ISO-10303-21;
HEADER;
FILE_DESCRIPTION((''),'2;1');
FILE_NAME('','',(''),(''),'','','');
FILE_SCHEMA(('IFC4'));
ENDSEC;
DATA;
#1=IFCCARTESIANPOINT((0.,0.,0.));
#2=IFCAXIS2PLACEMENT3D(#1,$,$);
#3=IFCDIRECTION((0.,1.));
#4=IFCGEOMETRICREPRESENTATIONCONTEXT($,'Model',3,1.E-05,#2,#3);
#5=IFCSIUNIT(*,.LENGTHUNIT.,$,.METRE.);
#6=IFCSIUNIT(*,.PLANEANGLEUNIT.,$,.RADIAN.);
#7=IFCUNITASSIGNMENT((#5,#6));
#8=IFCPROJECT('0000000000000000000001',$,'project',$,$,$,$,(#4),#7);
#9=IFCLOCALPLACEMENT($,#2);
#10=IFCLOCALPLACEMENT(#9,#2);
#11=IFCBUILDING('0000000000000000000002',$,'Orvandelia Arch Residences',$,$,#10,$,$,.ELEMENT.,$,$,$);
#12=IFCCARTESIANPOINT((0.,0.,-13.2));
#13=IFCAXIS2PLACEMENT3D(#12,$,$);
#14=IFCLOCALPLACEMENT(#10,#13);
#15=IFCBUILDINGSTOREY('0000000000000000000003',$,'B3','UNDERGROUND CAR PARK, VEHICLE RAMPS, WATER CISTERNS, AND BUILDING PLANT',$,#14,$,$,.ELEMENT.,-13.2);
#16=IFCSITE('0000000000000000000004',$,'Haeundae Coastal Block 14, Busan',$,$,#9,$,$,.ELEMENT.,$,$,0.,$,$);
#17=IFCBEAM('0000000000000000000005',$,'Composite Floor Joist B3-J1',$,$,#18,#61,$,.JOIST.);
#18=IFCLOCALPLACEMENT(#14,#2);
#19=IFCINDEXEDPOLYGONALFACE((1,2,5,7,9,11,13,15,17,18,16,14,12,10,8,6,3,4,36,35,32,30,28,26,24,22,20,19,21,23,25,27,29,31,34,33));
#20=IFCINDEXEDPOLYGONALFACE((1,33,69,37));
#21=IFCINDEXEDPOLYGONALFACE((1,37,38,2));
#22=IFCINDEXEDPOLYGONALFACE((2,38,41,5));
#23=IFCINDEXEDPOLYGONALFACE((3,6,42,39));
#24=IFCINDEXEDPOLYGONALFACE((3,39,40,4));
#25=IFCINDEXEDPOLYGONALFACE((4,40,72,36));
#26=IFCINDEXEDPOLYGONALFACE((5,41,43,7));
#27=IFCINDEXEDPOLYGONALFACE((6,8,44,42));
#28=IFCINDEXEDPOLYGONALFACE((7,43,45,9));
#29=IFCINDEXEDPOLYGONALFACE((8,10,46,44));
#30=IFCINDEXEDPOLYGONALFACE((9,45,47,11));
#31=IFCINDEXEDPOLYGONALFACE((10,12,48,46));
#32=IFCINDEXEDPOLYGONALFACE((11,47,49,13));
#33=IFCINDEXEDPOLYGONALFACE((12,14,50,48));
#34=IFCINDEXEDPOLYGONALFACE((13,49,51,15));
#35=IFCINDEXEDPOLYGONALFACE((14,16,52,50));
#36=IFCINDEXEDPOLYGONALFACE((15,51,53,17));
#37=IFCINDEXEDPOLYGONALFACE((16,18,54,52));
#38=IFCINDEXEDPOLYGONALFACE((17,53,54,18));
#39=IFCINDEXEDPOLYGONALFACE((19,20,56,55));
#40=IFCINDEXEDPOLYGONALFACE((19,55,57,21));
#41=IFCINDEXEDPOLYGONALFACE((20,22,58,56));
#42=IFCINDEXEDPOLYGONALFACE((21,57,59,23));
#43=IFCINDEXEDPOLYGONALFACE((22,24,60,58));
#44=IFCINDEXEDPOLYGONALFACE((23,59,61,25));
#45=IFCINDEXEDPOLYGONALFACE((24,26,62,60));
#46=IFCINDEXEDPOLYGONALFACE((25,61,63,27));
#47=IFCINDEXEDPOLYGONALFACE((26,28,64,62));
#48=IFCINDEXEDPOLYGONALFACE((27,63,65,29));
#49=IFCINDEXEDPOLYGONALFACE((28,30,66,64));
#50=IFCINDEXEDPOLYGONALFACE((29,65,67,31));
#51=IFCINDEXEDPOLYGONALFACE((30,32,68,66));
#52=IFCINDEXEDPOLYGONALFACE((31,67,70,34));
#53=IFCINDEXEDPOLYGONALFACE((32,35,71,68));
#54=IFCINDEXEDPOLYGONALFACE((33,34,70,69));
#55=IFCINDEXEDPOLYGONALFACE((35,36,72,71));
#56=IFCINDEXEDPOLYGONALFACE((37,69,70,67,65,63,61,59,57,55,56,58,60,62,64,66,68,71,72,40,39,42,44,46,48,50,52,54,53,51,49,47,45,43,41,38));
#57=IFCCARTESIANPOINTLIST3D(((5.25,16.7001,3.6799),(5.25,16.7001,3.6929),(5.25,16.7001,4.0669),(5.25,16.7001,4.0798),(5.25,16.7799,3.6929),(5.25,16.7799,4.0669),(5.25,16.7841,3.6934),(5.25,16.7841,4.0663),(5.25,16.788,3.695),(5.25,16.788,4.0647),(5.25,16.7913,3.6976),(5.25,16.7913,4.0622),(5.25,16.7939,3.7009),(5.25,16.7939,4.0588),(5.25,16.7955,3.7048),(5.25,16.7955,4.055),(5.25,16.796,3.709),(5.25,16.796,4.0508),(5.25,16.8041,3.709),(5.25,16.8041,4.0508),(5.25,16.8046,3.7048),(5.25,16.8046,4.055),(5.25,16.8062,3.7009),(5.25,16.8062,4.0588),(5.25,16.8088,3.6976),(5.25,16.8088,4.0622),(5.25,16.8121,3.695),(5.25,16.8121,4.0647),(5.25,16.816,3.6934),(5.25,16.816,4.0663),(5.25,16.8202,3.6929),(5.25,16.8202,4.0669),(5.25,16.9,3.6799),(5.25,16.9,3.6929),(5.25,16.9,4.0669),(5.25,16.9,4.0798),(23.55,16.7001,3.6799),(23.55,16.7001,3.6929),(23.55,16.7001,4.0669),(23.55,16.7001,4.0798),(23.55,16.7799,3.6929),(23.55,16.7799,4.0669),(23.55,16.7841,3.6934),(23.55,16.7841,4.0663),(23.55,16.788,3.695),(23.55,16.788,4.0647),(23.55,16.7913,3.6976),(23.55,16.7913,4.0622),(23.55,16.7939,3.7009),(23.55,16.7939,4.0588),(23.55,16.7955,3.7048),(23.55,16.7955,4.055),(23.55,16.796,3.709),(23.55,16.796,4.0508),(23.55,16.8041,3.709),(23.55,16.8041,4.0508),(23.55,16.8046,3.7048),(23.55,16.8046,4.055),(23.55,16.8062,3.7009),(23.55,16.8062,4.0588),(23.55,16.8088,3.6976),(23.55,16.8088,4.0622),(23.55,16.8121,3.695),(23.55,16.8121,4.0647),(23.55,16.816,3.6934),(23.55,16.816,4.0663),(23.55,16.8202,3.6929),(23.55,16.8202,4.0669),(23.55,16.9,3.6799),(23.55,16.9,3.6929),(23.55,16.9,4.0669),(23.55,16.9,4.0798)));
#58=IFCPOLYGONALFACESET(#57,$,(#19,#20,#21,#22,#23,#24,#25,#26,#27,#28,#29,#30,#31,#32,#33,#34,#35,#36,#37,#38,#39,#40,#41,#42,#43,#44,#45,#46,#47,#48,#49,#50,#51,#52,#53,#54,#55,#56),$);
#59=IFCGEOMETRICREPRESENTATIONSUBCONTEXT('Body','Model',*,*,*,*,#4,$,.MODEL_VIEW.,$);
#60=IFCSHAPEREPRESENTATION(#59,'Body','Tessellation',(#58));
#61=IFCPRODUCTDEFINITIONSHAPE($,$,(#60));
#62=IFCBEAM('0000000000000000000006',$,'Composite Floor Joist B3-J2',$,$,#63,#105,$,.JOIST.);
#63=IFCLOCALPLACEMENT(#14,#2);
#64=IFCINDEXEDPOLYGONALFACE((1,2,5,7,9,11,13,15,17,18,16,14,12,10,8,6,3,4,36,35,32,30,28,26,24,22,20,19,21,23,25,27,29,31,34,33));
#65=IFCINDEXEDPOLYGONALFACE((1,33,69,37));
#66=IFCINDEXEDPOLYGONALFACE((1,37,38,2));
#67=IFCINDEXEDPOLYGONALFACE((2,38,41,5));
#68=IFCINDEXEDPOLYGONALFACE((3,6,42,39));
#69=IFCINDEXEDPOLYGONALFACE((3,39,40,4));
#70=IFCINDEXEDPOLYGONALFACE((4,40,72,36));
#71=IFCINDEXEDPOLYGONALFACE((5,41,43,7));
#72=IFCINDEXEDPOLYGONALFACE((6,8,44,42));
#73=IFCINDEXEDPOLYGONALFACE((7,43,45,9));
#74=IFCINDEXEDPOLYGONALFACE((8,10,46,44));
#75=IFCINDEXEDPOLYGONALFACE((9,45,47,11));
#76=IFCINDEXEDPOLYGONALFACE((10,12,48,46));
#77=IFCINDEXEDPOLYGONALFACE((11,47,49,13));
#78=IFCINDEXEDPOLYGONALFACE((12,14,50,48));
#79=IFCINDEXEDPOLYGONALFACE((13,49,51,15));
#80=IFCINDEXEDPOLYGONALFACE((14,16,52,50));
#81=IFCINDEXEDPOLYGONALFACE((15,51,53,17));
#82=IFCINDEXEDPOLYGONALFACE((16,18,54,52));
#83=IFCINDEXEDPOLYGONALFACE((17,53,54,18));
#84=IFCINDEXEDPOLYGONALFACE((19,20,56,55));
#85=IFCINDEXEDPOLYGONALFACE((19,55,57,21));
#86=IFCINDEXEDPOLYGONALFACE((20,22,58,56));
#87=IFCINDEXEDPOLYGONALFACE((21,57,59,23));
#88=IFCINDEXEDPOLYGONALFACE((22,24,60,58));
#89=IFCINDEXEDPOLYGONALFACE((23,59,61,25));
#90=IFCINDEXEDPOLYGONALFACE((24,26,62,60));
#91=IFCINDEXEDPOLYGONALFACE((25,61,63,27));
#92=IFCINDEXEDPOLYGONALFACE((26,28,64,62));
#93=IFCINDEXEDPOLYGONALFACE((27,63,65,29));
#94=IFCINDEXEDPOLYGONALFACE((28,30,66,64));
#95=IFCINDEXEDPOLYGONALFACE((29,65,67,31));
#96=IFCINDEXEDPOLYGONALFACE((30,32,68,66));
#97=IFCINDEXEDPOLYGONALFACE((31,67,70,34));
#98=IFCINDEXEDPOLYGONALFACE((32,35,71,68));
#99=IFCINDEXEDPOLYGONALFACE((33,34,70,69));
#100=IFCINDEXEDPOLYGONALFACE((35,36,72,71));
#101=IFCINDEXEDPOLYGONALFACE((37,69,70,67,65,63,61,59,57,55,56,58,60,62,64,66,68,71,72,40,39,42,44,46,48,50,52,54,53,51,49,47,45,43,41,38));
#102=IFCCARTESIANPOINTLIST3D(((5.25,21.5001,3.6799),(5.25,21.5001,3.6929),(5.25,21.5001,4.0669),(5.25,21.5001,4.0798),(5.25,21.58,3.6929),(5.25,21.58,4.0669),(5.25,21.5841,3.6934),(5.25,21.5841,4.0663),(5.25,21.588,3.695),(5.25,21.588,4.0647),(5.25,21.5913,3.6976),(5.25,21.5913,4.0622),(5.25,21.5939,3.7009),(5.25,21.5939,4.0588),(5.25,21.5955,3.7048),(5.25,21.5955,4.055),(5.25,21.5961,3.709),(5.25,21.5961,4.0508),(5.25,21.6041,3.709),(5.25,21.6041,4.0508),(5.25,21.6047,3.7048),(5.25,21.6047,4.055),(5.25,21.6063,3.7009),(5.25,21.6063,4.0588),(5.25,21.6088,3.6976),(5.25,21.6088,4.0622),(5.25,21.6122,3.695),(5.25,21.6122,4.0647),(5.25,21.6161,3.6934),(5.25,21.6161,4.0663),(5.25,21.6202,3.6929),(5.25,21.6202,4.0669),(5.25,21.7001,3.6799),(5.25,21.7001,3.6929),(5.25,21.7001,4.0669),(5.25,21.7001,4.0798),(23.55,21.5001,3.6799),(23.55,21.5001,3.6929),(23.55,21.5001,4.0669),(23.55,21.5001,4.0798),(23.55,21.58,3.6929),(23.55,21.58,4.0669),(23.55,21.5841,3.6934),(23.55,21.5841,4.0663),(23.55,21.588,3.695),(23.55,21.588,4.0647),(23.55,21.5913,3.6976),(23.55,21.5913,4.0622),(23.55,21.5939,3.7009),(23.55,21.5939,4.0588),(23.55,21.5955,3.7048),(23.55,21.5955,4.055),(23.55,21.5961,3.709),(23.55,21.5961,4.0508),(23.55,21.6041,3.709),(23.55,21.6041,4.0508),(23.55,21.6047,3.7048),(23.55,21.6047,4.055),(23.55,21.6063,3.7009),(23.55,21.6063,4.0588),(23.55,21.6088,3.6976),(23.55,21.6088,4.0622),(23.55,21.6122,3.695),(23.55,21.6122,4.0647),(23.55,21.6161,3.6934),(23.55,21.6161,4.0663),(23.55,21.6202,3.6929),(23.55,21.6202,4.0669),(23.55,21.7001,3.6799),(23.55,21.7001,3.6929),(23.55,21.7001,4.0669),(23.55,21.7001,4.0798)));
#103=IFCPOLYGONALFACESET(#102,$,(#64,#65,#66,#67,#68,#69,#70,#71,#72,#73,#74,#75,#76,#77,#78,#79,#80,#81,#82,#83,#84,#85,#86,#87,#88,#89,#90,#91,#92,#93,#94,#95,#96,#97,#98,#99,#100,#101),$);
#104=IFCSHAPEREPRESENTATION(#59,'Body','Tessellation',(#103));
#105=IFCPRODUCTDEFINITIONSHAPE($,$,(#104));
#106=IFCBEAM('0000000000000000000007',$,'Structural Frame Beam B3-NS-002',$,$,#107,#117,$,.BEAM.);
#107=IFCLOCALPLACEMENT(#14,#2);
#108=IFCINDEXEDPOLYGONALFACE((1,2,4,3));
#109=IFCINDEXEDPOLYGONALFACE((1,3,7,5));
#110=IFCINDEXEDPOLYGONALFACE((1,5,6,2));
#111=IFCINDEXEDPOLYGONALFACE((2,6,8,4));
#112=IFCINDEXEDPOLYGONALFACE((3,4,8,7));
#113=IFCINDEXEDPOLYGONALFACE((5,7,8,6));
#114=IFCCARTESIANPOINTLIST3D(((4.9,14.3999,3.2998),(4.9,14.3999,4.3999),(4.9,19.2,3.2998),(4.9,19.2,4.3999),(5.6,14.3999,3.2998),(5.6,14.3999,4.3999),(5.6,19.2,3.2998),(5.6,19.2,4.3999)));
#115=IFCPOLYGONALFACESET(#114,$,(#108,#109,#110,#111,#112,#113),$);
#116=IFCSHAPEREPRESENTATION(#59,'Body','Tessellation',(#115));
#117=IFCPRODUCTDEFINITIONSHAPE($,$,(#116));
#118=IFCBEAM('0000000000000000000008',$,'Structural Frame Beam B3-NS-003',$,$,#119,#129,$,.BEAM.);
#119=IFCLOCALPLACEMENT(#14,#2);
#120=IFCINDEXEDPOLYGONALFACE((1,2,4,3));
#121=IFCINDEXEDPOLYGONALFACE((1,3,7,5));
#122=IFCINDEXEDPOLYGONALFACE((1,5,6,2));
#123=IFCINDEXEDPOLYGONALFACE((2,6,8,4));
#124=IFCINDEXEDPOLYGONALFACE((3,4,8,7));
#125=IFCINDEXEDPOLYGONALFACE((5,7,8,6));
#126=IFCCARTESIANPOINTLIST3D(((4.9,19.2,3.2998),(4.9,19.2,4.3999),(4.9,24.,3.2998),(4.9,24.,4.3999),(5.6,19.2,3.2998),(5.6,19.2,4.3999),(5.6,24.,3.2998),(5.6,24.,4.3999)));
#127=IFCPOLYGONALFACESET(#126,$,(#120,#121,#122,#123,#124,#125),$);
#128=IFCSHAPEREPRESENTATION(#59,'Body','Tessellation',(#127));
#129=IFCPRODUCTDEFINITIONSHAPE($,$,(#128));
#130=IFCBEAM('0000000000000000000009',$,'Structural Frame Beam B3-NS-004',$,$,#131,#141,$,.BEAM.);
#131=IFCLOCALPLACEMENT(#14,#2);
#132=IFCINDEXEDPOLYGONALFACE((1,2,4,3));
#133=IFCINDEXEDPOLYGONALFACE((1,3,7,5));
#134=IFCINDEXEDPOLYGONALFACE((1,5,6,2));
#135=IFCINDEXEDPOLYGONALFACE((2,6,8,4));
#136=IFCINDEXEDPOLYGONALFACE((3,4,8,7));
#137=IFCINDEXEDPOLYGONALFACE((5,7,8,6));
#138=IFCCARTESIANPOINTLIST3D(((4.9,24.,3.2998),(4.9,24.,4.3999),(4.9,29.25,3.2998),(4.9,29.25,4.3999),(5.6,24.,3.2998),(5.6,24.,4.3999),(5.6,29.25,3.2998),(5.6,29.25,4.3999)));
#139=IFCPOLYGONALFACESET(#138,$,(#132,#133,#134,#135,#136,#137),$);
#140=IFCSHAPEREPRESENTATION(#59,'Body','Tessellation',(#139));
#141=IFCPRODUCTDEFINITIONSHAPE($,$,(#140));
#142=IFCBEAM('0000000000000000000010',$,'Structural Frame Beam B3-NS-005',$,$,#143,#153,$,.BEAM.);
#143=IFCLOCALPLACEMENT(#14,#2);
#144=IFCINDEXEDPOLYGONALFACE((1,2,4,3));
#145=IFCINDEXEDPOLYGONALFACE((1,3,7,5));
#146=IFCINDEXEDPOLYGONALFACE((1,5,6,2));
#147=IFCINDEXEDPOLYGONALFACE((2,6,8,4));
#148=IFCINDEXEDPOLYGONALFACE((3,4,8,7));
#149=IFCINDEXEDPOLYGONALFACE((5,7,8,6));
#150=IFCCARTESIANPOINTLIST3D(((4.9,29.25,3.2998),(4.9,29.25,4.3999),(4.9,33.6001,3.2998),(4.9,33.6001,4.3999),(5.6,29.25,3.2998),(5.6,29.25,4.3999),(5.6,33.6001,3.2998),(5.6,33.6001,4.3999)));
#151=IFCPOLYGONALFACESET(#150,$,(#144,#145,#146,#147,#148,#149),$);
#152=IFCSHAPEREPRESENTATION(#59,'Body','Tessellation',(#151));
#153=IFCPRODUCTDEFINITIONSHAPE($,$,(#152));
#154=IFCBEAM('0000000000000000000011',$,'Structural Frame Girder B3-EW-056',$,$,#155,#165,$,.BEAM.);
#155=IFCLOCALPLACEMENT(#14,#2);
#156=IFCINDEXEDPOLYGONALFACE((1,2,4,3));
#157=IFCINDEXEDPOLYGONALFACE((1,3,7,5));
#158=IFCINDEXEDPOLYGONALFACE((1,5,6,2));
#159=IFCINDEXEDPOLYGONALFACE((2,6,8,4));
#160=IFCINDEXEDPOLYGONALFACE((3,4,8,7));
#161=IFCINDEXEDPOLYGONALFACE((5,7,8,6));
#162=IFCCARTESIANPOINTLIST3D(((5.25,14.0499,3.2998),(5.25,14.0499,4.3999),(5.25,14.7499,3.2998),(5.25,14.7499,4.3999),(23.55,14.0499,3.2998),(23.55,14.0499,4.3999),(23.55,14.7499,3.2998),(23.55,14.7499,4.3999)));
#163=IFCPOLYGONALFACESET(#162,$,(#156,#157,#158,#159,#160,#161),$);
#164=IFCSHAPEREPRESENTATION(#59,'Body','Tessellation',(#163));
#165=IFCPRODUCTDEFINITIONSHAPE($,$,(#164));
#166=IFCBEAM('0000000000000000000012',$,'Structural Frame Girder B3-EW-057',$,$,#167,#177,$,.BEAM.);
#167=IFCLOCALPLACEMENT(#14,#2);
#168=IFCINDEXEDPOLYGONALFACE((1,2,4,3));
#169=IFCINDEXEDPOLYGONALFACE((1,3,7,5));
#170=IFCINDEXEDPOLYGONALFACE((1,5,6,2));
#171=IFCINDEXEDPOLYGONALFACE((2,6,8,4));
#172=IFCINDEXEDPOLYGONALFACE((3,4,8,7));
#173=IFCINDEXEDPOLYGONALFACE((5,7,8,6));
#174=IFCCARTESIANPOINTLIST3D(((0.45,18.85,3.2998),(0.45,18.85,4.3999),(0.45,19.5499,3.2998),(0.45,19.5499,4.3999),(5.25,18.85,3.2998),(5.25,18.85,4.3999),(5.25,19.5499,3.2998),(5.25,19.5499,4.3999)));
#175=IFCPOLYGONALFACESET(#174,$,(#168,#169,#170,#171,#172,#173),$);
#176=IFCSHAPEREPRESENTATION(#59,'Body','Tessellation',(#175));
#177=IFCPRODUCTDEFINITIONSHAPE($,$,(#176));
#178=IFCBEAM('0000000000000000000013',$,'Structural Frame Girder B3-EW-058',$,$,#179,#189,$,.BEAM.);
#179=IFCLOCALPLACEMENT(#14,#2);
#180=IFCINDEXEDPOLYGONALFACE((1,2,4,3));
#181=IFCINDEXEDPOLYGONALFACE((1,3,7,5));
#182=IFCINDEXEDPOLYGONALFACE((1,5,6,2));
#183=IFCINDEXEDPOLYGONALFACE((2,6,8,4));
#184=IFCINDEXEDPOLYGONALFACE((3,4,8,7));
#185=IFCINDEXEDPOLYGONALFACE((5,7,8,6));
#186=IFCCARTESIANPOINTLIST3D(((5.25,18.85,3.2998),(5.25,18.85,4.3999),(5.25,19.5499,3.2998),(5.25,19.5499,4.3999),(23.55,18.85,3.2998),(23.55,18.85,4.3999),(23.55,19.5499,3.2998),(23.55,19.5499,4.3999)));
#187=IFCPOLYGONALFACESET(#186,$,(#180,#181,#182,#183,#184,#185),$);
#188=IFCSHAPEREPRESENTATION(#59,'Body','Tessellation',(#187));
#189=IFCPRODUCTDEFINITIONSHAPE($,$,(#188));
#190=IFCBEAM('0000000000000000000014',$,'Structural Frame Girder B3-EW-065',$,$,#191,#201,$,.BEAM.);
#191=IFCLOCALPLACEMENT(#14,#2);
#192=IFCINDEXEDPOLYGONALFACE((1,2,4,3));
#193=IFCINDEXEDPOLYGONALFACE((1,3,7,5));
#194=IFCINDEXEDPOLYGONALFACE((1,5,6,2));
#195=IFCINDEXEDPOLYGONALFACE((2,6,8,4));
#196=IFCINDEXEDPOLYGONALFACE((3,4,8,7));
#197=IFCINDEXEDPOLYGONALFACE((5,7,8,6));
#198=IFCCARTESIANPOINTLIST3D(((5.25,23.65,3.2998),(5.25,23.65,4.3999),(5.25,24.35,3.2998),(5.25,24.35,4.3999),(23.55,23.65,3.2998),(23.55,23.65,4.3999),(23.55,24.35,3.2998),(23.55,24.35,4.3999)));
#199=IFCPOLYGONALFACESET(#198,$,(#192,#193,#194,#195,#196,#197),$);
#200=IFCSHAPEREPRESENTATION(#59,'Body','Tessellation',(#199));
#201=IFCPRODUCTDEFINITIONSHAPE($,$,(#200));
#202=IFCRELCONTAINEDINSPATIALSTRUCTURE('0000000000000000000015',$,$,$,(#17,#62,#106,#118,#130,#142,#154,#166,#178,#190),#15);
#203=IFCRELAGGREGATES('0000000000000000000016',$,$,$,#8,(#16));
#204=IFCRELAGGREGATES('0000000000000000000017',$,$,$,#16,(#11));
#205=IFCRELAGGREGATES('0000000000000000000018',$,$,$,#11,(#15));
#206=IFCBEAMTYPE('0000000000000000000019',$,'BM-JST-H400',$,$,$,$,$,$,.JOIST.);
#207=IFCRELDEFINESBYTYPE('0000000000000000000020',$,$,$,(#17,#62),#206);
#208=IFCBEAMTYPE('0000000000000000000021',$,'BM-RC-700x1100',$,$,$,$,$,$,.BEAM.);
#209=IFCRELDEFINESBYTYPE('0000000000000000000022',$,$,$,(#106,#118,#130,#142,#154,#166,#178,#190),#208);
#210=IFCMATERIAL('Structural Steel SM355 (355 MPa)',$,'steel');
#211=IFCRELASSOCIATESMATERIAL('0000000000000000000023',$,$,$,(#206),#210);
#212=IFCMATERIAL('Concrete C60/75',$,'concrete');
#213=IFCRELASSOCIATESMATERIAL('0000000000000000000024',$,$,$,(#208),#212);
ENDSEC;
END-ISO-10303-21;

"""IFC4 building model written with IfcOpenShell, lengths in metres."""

from ifc_helpers import new_model, si_unit, direction, frame, origin, origin_2d, place, context, subcontext, project, spatial, rectangle, i_section, extrude, material, material_profile, profile_set, type_object, element, save


model = new_model("IFC4")

# Units and contexts
model_context = context("Model", 3, precision=1e-05, world=origin(), true_north=direction((0.0, 1.0)))
body_context = subcontext(model_context, "Body", "Model", "MODEL_VIEW")
ifc_project = project(units=[si_unit("LENGTHUNIT", "METRE"), si_unit("PLANEANGLEUNIT", "RADIAN")], contexts=[model_context])

# Site, building, storey
site_placement = place(None, origin())
site = spatial("IfcSite", under=ifc_project, at=site_placement, Name="Haeundae Coastal Block 14, Busan", CompositionType="ELEMENT", RefElevation=0.0)
building_placement = place(site_placement, origin())
building = spatial("IfcBuilding", under=site, at=building_placement, Name="Orvandelia Arch Residences", CompositionType="ELEMENT")
storey_placement = place(building_placement, frame((0.0, 0.0, -13.2)))
storey = spatial("IfcBuildingStorey", under=building, at=storey_placement, Name="B3", Description="UNDERGROUND CAR PARK, VEHICLE RAMPS, WATER CISTERNS, AND BUILDING PLANT", CompositionType="ELEMENT", Elevation=-13.2)

# Shared definitions
ifc_material_1 = material(Name="Concrete C60/75", Category="concrete")

# Beams
ifc_material_2 = material(Name="Structural Steel SM355 (355 MPa)", Category="steel")
ifc_material_profile_1 = material_profile(ifc_material_2, i_section(OverallWidth=0.2, OverallDepth=0.3999, WebThickness=0.0081, FlangeThickness=0.0129, FilletRadius=0.0161, at=origin_2d()), Name="Structural Steel SM355 (355 MPa)", Category="steel")
ifc_profile_set_1 = profile_set([ifc_material_profile_1], Name="Structural Steel SM355 (355 MPa)")
beam_type_1 = type_object("IfcBeamType", Name="BM-JST-H400", PredefinedType="JOIST", material=ifc_profile_set_1)
for number, where, z_axis, x_axis, name in (
    (1, (5.25, 16.8, 3.8799), (1.0, 0.0, 0.0), (0.0, 1.0, 0.0), "Composite Floor Joist B3-J1"),
    (2, (5.25, 21.6001, 3.8799), (1.0, 0.0, 0.0), (0.0, 1.0, 0.0), "Composite Floor Joist B3-J2"),
):
    element("IfcBeam", number, at=place(storey_placement, frame(where, z_axis=z_axis, x_axis=x_axis)), inside=storey, type_object=beam_type_1, Name=name, PredefinedType="JOIST", context=body_context, shape_type="SweptSolid", body=[
        extrude(i_section(OverallWidth=0.2, OverallDepth=0.3999, WebThickness=0.0081, FlangeThickness=0.0129, FilletRadius=0.0161, at=origin_2d()), origin(), (0.0, 0.0, 1.0), 18.3),
    ])
ifc_material_profile_2 = material_profile(ifc_material_1, rectangle(XDim=0.7, YDim=1.1001, at=origin_2d()), Name="Concrete C60/75", Category="concrete")
ifc_profile_set_2 = profile_set([ifc_material_profile_2], Name="Concrete C60/75")
beam_type_2 = type_object("IfcBeamType", Name="BM-RC-700x1100", PredefinedType="BEAM", material=ifc_profile_set_2)
for number, where, z_axis, x_axis, name in (
    (3, (5.25, 14.3999, 3.8499), (0.0, 1.0, 0.0), (-1.0, 0.0, 0.0), "Structural Frame Beam B3-NS-002"),
    (4, (5.25, 19.2, 3.8499), (0.0, 1.0, 0.0), (-1.0, 0.0, 0.0), "Structural Frame Beam B3-NS-003"),
):
    element("IfcBeam", number, at=place(storey_placement, frame(where, z_axis=z_axis, x_axis=x_axis)), inside=storey, type_object=beam_type_2, Name=name, PredefinedType="BEAM", context=body_context, shape_type="SweptSolid", body=[
        extrude(rectangle(XDim=0.7, YDim=1.1001, at=origin_2d()), origin(), (0.0, 0.0, 1.0), 4.8),
    ])
beam_1_placement = place(storey_placement, frame((5.25, 24.0, 3.8499), z_axis=(0.0, 1.0, 0.0), x_axis=(-1.0, 0.0, 0.0)))
element("IfcBeam", 5, at=beam_1_placement, inside=storey, type_object=beam_type_2, Name="Structural Frame Beam B3-NS-004", PredefinedType="BEAM", context=body_context, shape_type="SweptSolid", body=[
    extrude(rectangle(XDim=0.7, YDim=1.1001, at=origin_2d()), origin(), (0.0, 0.0, 1.0), 5.25),
])
beam_2_placement = place(storey_placement, frame((5.25, 29.25, 3.8499), z_axis=(0.0, 1.0, 0.0), x_axis=(-1.0, 0.0, 0.0)))
element("IfcBeam", 6, at=beam_2_placement, inside=storey, type_object=beam_type_2, Name="Structural Frame Beam B3-NS-005", PredefinedType="BEAM", context=body_context, shape_type="SweptSolid", body=[
    extrude(rectangle(XDim=0.7, YDim=1.1001, at=origin_2d()), origin(), (0.0, 0.0, 1.0), 4.3501),
])
beam_3_placement = place(storey_placement, frame((5.25, 14.3999, 3.8499), z_axis=(1.0, 0.0, 0.0), x_axis=(0.0, 1.0, 0.0)))
element("IfcBeam", 7, at=beam_3_placement, inside=storey, type_object=beam_type_2, Name="Structural Frame Girder B3-EW-056", PredefinedType="BEAM", context=body_context, shape_type="SweptSolid", body=[
    extrude(rectangle(XDim=0.7, YDim=1.1001, at=origin_2d()), origin(), (0.0, 0.0, 1.0), 18.3),
])
beam_4_placement = place(storey_placement, frame((0.45, 19.2, 3.8499), z_axis=(1.0, 0.0, 0.0), x_axis=(0.0, 1.0, 0.0)))
element("IfcBeam", 8, at=beam_4_placement, inside=storey, type_object=beam_type_2, Name="Structural Frame Girder B3-EW-057", PredefinedType="BEAM", context=body_context, shape_type="SweptSolid", body=[
    extrude(rectangle(XDim=0.7, YDim=1.1001, at=origin_2d()), origin(), (0.0, 0.0, 1.0), 4.8),
])
for number, where, z_axis, x_axis, name in (
    (9, (5.25, 19.2, 3.8499), (1.0, 0.0, 0.0), (0.0, 1.0, 0.0), "Structural Frame Girder B3-EW-058"),
    (10, (5.25, 24.0, 3.8499), (1.0, 0.0, 0.0), (0.0, 1.0, 0.0), "Structural Frame Girder B3-EW-065"),
):
    element("IfcBeam", number, at=place(storey_placement, frame(where, z_axis=z_axis, x_axis=x_axis)), inside=storey, type_object=beam_type_2, Name=name, PredefinedType="BEAM", context=body_context, shape_type="SweptSolid", body=[
        extrude(rectangle(XDim=0.7, YDim=1.1001, at=origin_2d()), origin(), (0.0, 0.0, 1.0), 18.3),
    ])

save(model, "model.ifc")
